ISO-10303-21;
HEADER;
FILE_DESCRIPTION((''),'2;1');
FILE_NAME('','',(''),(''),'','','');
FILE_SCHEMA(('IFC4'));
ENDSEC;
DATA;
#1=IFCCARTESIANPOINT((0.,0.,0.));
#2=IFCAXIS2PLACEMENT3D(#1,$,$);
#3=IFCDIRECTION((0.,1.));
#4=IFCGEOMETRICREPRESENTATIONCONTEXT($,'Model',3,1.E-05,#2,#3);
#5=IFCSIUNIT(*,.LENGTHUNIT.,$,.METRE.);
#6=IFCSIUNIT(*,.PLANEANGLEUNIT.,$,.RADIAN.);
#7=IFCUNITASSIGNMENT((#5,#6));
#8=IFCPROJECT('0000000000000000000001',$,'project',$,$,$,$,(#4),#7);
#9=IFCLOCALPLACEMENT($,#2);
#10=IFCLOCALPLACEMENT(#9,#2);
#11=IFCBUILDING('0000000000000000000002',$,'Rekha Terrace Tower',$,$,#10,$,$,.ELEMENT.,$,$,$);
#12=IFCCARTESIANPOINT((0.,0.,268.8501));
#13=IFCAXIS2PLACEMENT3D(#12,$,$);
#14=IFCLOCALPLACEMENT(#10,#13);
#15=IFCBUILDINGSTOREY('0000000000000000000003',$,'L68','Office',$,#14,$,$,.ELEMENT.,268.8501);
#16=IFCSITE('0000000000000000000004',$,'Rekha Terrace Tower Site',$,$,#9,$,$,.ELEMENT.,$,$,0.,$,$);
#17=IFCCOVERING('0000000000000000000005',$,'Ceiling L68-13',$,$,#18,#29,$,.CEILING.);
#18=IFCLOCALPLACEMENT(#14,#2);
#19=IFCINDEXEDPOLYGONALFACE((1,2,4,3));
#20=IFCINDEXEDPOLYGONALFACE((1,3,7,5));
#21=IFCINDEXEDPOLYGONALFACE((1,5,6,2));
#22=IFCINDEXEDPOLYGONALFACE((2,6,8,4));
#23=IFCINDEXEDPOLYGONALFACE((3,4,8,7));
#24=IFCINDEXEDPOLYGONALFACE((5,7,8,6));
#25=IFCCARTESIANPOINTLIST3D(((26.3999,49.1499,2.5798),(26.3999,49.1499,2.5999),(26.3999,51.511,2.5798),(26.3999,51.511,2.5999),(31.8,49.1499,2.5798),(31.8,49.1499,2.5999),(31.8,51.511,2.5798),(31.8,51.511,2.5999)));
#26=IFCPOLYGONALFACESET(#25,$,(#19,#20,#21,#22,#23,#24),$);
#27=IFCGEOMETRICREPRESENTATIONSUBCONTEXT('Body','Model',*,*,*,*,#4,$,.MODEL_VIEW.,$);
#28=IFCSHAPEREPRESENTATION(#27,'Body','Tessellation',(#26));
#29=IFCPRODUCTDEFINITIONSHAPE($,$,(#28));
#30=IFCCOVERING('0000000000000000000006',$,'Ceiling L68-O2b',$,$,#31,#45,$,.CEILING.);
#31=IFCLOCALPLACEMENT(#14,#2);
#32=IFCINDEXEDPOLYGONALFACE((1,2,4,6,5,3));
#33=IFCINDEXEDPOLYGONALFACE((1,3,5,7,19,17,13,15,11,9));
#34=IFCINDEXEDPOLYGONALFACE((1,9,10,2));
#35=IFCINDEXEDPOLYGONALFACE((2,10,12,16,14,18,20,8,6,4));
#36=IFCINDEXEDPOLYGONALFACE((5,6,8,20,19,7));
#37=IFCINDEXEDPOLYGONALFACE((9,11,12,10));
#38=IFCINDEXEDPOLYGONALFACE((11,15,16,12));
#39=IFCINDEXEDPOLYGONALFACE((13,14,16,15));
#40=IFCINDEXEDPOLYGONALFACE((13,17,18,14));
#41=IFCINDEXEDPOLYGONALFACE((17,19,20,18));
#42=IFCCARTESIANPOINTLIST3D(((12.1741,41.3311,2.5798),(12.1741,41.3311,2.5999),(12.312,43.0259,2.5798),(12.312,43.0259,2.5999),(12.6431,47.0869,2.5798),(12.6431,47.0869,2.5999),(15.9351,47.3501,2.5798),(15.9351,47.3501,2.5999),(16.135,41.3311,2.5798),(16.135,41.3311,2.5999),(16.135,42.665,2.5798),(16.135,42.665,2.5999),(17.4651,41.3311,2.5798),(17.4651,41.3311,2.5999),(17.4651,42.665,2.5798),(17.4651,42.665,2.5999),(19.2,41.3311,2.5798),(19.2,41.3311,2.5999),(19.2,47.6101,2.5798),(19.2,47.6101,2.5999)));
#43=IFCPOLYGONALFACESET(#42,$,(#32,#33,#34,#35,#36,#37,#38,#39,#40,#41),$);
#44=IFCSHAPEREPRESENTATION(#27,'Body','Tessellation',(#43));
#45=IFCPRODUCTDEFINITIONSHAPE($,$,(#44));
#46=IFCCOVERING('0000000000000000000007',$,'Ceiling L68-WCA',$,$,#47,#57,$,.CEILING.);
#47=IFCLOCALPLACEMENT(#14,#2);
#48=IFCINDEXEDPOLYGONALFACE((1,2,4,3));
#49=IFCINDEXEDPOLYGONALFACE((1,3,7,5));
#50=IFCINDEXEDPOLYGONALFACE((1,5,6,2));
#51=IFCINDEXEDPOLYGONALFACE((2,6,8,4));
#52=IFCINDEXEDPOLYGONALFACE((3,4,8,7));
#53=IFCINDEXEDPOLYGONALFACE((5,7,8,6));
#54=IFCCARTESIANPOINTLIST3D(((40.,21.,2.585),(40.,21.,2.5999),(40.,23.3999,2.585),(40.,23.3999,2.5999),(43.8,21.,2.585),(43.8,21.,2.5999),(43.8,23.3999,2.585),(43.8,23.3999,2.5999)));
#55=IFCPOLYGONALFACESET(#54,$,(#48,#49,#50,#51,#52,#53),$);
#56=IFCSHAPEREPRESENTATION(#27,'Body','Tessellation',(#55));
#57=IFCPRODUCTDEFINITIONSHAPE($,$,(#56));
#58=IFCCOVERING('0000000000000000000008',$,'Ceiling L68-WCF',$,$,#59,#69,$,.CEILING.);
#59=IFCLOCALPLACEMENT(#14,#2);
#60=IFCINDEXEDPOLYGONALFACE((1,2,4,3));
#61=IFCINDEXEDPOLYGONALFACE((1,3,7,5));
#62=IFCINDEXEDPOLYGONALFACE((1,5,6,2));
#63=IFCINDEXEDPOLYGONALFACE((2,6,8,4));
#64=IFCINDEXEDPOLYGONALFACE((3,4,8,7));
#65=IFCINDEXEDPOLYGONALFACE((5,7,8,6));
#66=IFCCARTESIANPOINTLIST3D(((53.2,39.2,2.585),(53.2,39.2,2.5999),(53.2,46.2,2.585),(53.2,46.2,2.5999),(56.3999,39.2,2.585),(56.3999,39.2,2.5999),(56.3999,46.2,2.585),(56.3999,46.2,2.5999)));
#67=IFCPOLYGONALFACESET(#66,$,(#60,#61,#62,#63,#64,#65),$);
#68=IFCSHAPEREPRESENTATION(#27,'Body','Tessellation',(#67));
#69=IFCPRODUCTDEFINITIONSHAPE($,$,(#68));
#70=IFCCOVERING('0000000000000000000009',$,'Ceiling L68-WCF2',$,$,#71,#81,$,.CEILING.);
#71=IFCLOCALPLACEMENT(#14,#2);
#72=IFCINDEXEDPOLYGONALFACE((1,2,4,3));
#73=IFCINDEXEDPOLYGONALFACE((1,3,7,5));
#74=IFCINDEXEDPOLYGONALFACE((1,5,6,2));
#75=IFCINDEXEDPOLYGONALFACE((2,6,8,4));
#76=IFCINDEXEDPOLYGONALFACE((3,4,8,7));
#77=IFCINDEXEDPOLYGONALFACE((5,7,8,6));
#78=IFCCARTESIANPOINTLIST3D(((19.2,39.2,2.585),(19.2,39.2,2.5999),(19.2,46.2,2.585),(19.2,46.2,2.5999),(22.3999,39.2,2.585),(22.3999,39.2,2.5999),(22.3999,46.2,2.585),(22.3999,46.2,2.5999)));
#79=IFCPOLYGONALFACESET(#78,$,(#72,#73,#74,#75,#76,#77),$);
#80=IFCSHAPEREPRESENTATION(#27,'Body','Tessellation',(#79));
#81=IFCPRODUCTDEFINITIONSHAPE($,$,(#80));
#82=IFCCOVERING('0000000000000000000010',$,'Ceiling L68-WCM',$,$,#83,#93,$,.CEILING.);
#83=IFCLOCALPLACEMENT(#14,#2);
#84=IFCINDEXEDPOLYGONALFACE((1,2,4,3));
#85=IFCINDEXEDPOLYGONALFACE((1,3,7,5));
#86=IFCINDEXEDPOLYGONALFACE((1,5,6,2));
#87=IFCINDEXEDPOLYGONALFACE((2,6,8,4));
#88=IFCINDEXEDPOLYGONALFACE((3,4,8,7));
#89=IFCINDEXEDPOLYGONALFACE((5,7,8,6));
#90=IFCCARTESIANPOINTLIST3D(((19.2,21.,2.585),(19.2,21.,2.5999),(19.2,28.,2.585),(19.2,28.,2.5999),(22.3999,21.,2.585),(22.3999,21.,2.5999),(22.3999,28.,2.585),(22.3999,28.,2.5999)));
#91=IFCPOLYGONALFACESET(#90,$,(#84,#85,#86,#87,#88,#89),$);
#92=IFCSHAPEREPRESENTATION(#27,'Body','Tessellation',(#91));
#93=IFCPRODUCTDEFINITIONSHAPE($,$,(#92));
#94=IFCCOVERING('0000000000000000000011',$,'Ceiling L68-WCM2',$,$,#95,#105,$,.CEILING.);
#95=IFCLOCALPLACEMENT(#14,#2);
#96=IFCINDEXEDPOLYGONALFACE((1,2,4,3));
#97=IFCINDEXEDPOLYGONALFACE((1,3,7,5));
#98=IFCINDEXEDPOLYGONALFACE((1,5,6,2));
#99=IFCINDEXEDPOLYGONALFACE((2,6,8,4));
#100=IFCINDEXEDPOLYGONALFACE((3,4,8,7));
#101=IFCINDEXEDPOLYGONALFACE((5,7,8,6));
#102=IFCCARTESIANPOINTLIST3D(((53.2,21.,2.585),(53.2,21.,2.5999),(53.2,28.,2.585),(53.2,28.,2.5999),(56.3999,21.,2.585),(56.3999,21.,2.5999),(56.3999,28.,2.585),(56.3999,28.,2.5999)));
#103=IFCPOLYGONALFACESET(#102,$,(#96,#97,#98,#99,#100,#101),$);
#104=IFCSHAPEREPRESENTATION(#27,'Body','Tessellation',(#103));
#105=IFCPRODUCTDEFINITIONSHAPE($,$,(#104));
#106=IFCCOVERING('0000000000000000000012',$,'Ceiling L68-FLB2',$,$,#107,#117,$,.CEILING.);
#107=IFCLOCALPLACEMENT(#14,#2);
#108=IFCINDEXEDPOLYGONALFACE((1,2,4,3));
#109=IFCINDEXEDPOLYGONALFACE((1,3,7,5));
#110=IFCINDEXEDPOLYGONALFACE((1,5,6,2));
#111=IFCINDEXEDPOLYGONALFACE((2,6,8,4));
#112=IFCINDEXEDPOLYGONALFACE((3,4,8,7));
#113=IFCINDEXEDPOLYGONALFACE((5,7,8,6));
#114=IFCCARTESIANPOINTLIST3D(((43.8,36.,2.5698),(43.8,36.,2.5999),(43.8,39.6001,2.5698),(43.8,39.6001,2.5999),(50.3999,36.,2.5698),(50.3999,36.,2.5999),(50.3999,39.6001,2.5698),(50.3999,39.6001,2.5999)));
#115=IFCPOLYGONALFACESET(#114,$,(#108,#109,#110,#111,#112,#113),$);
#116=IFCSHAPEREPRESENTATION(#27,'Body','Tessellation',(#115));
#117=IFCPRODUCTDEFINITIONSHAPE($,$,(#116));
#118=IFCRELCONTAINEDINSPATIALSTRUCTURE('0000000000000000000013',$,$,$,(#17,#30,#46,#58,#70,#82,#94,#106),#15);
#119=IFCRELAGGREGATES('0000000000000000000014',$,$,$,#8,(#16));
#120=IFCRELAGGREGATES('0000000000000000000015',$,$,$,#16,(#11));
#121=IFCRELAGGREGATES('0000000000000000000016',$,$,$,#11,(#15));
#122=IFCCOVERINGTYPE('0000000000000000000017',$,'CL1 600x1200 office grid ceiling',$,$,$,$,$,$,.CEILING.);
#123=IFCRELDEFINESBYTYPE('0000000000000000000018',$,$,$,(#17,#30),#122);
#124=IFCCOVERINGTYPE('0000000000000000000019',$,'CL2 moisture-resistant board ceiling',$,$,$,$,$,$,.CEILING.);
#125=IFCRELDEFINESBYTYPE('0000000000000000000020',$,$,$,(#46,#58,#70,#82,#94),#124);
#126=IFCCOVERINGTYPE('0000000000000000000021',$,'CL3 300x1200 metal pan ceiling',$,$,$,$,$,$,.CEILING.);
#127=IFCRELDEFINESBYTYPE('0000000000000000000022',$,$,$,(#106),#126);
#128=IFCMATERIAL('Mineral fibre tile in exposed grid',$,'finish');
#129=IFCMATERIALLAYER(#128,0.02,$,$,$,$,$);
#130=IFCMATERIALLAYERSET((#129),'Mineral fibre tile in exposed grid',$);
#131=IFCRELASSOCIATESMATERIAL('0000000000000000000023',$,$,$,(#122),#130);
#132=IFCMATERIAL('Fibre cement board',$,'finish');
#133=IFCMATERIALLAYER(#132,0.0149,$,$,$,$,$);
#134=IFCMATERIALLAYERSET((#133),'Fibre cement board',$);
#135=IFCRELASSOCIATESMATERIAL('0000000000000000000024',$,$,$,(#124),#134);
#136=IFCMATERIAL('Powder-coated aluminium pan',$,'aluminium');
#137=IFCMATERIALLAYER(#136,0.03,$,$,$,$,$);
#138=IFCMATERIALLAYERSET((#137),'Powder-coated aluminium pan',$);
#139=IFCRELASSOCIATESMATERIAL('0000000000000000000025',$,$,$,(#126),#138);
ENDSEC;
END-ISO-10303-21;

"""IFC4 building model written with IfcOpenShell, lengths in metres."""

from ifc_helpers import new_model, si_unit, direction, frame, origin, place, context, subcontext, project, spatial, polyline, outline, extrude, material, layer, layer_set, type_object, element, save


model = new_model("IFC4")

# Units and contexts
model_context = context("Model", 3, precision=1e-05, world=origin(), true_north=direction((0.0, 1.0)))
body_context = subcontext(model_context, "Body", "Model", "MODEL_VIEW")
ifc_project = project(units=[si_unit("LENGTHUNIT", "METRE"), si_unit("PLANEANGLEUNIT", "RADIAN")], contexts=[model_context])

# Site, building, storey
site_placement = place(None, origin())
site = spatial("IfcSite", under=ifc_project, at=site_placement, Name="Rekha Terrace Tower Site", CompositionType="ELEMENT", RefElevation=0.0)
building_placement = place(site_placement, origin())
building = spatial("IfcBuilding", under=site, at=building_placement, Name="Rekha Terrace Tower", CompositionType="ELEMENT")
storey_placement = place(building_placement, frame((0.0, 0.0, 268.8501)))
storey = spatial("IfcBuildingStorey", under=building, at=storey_placement, Name="L68", Description="Office", CompositionType="ELEMENT", Elevation=268.8501)

# Coverings
ifc_material_1 = material(Name="Mineral fibre tile in exposed grid", Category="finish")
ifc_layer_1 = layer(ifc_material_1, 0.02)
ifc_layer_set_1 = layer_set([ifc_layer_1], Name="Mineral fibre tile in exposed grid")
covering_type_1 = type_object("IfcCoveringType", Name="CL1 600x1200 office grid ceiling", PredefinedType="CEILING", material=ifc_layer_set_1)
covering_1_placement = place(storey_placement, frame((0.0, 0.0, 2.5798)))
element("IfcCovering", 1, at=covering_1_placement, inside=storey, type_object=covering_type_1, Name="Ceiling L68-13", PredefinedType="CEILING", context=body_context, shape_type="SweptSolid", body=[
    extrude(outline(polyline([(31.8, 49.1499), (31.8, 51.511), (26.3999, 51.511), (26.3999, 49.1499), (31.8, 49.1499)])), origin(), (0.0, 0.0, 1.0), 0.02),
])
covering_2_placement = place(storey_placement, frame((0.0, 0.0, 2.5798)))
element("IfcCovering", 2, at=covering_2_placement, inside=storey, type_object=covering_type_1, Name="Ceiling L68-O2b", PredefinedType="CEILING", context=body_context, shape_type="SweptSolid", body=[
    extrude(outline(polyline([(12.6431, 47.0869), (12.312, 43.0259), (12.1741, 41.3311), (16.135, 41.3311), (16.135, 42.665), (17.4651, 42.665), (17.4651, 41.3311), (19.2, 41.3311), (19.2, 47.6101), (15.9351, 47.3501), (12.6431, 47.0869)])), origin(), (0.0, 0.0, 1.0), 0.02),
])
ifc_material_2 = material(Name="Fibre cement board", Category="finish")
ifc_layer_2 = layer(ifc_material_2, 0.0149)
ifc_layer_set_2 = layer_set([ifc_layer_2], Name="Fibre cement board")
covering_type_2 = type_object("IfcCoveringType", Name="CL2 moisture-resistant board ceiling", PredefinedType="CEILING", material=ifc_layer_set_2)
covering_3_placement = place(storey_placement, frame((0.0, 0.0, 2.585)))
element("IfcCovering", 3, at=covering_3_placement, inside=storey, type_object=covering_type_2, Name="Ceiling L68-WCA", PredefinedType="CEILING", context=body_context, shape_type="SweptSolid", body=[
    extrude(outline(polyline([(43.8, 23.3999), (40.0, 23.3999), (40.0, 21.0), (43.8, 21.0), (43.8, 23.3999)])), origin(), (0.0, 0.0, 1.0), 0.0149),
])
covering_4_placement = place(storey_placement, frame((0.0, 0.0, 2.585)))
element("IfcCovering", 4, at=covering_4_placement, inside=storey, type_object=covering_type_2, Name="Ceiling L68-WCF", PredefinedType="CEILING", context=body_context, shape_type="SweptSolid", body=[
    extrude(outline(polyline([(56.3999, 46.2), (53.2, 46.2), (53.2, 39.2), (56.3999, 39.2), (56.3999, 46.2)])), origin(), (0.0, 0.0, 1.0), 0.0149),
])
covering_5_placement = place(storey_placement, frame((0.0, 0.0, 2.585)))
element("IfcCovering", 5, at=covering_5_placement, inside=storey, type_object=covering_type_2, Name="Ceiling L68-WCF2", PredefinedType="CEILING", context=body_context, shape_type="SweptSolid", body=[
    extrude(outline(polyline([(22.3999, 46.2), (19.2, 46.2), (19.2, 39.2), (22.3999, 39.2), (22.3999, 46.2)])), origin(), (0.0, 0.0, 1.0), 0.0149),
])
covering_6_placement = place(storey_placement, frame((0.0, 0.0, 2.585)))
element("IfcCovering", 6, at=covering_6_placement, inside=storey, type_object=covering_type_2, Name="Ceiling L68-WCM", PredefinedType="CEILING", context=body_context, shape_type="SweptSolid", body=[
    extrude(outline(polyline([(22.3999, 28.0), (19.2, 28.0), (19.2, 21.0), (22.3999, 21.0), (22.3999, 28.0)])), origin(), (0.0, 0.0, 1.0), 0.0149),
])
covering_7_placement = place(storey_placement, frame((0.0, 0.0, 2.585)))
element("IfcCovering", 7, at=covering_7_placement, inside=storey, type_object=covering_type_2, Name="Ceiling L68-WCM2", PredefinedType="CEILING", context=body_context, shape_type="SweptSolid", body=[
    extrude(outline(polyline([(56.3999, 28.0), (53.2, 28.0), (53.2, 21.0), (56.3999, 21.0), (56.3999, 28.0)])), origin(), (0.0, 0.0, 1.0), 0.0149),
])
ifc_material_3 = material(Name="Powder-coated aluminium pan", Category="aluminium")
ifc_layer_3 = layer(ifc_material_3, 0.03)
ifc_layer_set_3 = layer_set([ifc_layer_3], Name="Powder-coated aluminium pan")
covering_type_3 = type_object("IfcCoveringType", Name="CL3 300x1200 metal pan ceiling", PredefinedType="CEILING", material=ifc_layer_set_3)
covering_8_placement = place(storey_placement, frame((0.0, 0.0, 2.5698)))
element("IfcCovering", 8, at=covering_8_placement, inside=storey, type_object=covering_type_3, Name="Ceiling L68-FLB2", PredefinedType="CEILING", context=body_context, shape_type="SweptSolid", body=[
    extrude(outline(polyline([(50.3999, 39.6001), (43.8, 39.6001), (43.8, 36.0), (50.3999, 36.0), (50.3999, 39.6001)])), origin(), (0.0, 0.0, 1.0), 0.03),
])

save(model, "model.ifc")
